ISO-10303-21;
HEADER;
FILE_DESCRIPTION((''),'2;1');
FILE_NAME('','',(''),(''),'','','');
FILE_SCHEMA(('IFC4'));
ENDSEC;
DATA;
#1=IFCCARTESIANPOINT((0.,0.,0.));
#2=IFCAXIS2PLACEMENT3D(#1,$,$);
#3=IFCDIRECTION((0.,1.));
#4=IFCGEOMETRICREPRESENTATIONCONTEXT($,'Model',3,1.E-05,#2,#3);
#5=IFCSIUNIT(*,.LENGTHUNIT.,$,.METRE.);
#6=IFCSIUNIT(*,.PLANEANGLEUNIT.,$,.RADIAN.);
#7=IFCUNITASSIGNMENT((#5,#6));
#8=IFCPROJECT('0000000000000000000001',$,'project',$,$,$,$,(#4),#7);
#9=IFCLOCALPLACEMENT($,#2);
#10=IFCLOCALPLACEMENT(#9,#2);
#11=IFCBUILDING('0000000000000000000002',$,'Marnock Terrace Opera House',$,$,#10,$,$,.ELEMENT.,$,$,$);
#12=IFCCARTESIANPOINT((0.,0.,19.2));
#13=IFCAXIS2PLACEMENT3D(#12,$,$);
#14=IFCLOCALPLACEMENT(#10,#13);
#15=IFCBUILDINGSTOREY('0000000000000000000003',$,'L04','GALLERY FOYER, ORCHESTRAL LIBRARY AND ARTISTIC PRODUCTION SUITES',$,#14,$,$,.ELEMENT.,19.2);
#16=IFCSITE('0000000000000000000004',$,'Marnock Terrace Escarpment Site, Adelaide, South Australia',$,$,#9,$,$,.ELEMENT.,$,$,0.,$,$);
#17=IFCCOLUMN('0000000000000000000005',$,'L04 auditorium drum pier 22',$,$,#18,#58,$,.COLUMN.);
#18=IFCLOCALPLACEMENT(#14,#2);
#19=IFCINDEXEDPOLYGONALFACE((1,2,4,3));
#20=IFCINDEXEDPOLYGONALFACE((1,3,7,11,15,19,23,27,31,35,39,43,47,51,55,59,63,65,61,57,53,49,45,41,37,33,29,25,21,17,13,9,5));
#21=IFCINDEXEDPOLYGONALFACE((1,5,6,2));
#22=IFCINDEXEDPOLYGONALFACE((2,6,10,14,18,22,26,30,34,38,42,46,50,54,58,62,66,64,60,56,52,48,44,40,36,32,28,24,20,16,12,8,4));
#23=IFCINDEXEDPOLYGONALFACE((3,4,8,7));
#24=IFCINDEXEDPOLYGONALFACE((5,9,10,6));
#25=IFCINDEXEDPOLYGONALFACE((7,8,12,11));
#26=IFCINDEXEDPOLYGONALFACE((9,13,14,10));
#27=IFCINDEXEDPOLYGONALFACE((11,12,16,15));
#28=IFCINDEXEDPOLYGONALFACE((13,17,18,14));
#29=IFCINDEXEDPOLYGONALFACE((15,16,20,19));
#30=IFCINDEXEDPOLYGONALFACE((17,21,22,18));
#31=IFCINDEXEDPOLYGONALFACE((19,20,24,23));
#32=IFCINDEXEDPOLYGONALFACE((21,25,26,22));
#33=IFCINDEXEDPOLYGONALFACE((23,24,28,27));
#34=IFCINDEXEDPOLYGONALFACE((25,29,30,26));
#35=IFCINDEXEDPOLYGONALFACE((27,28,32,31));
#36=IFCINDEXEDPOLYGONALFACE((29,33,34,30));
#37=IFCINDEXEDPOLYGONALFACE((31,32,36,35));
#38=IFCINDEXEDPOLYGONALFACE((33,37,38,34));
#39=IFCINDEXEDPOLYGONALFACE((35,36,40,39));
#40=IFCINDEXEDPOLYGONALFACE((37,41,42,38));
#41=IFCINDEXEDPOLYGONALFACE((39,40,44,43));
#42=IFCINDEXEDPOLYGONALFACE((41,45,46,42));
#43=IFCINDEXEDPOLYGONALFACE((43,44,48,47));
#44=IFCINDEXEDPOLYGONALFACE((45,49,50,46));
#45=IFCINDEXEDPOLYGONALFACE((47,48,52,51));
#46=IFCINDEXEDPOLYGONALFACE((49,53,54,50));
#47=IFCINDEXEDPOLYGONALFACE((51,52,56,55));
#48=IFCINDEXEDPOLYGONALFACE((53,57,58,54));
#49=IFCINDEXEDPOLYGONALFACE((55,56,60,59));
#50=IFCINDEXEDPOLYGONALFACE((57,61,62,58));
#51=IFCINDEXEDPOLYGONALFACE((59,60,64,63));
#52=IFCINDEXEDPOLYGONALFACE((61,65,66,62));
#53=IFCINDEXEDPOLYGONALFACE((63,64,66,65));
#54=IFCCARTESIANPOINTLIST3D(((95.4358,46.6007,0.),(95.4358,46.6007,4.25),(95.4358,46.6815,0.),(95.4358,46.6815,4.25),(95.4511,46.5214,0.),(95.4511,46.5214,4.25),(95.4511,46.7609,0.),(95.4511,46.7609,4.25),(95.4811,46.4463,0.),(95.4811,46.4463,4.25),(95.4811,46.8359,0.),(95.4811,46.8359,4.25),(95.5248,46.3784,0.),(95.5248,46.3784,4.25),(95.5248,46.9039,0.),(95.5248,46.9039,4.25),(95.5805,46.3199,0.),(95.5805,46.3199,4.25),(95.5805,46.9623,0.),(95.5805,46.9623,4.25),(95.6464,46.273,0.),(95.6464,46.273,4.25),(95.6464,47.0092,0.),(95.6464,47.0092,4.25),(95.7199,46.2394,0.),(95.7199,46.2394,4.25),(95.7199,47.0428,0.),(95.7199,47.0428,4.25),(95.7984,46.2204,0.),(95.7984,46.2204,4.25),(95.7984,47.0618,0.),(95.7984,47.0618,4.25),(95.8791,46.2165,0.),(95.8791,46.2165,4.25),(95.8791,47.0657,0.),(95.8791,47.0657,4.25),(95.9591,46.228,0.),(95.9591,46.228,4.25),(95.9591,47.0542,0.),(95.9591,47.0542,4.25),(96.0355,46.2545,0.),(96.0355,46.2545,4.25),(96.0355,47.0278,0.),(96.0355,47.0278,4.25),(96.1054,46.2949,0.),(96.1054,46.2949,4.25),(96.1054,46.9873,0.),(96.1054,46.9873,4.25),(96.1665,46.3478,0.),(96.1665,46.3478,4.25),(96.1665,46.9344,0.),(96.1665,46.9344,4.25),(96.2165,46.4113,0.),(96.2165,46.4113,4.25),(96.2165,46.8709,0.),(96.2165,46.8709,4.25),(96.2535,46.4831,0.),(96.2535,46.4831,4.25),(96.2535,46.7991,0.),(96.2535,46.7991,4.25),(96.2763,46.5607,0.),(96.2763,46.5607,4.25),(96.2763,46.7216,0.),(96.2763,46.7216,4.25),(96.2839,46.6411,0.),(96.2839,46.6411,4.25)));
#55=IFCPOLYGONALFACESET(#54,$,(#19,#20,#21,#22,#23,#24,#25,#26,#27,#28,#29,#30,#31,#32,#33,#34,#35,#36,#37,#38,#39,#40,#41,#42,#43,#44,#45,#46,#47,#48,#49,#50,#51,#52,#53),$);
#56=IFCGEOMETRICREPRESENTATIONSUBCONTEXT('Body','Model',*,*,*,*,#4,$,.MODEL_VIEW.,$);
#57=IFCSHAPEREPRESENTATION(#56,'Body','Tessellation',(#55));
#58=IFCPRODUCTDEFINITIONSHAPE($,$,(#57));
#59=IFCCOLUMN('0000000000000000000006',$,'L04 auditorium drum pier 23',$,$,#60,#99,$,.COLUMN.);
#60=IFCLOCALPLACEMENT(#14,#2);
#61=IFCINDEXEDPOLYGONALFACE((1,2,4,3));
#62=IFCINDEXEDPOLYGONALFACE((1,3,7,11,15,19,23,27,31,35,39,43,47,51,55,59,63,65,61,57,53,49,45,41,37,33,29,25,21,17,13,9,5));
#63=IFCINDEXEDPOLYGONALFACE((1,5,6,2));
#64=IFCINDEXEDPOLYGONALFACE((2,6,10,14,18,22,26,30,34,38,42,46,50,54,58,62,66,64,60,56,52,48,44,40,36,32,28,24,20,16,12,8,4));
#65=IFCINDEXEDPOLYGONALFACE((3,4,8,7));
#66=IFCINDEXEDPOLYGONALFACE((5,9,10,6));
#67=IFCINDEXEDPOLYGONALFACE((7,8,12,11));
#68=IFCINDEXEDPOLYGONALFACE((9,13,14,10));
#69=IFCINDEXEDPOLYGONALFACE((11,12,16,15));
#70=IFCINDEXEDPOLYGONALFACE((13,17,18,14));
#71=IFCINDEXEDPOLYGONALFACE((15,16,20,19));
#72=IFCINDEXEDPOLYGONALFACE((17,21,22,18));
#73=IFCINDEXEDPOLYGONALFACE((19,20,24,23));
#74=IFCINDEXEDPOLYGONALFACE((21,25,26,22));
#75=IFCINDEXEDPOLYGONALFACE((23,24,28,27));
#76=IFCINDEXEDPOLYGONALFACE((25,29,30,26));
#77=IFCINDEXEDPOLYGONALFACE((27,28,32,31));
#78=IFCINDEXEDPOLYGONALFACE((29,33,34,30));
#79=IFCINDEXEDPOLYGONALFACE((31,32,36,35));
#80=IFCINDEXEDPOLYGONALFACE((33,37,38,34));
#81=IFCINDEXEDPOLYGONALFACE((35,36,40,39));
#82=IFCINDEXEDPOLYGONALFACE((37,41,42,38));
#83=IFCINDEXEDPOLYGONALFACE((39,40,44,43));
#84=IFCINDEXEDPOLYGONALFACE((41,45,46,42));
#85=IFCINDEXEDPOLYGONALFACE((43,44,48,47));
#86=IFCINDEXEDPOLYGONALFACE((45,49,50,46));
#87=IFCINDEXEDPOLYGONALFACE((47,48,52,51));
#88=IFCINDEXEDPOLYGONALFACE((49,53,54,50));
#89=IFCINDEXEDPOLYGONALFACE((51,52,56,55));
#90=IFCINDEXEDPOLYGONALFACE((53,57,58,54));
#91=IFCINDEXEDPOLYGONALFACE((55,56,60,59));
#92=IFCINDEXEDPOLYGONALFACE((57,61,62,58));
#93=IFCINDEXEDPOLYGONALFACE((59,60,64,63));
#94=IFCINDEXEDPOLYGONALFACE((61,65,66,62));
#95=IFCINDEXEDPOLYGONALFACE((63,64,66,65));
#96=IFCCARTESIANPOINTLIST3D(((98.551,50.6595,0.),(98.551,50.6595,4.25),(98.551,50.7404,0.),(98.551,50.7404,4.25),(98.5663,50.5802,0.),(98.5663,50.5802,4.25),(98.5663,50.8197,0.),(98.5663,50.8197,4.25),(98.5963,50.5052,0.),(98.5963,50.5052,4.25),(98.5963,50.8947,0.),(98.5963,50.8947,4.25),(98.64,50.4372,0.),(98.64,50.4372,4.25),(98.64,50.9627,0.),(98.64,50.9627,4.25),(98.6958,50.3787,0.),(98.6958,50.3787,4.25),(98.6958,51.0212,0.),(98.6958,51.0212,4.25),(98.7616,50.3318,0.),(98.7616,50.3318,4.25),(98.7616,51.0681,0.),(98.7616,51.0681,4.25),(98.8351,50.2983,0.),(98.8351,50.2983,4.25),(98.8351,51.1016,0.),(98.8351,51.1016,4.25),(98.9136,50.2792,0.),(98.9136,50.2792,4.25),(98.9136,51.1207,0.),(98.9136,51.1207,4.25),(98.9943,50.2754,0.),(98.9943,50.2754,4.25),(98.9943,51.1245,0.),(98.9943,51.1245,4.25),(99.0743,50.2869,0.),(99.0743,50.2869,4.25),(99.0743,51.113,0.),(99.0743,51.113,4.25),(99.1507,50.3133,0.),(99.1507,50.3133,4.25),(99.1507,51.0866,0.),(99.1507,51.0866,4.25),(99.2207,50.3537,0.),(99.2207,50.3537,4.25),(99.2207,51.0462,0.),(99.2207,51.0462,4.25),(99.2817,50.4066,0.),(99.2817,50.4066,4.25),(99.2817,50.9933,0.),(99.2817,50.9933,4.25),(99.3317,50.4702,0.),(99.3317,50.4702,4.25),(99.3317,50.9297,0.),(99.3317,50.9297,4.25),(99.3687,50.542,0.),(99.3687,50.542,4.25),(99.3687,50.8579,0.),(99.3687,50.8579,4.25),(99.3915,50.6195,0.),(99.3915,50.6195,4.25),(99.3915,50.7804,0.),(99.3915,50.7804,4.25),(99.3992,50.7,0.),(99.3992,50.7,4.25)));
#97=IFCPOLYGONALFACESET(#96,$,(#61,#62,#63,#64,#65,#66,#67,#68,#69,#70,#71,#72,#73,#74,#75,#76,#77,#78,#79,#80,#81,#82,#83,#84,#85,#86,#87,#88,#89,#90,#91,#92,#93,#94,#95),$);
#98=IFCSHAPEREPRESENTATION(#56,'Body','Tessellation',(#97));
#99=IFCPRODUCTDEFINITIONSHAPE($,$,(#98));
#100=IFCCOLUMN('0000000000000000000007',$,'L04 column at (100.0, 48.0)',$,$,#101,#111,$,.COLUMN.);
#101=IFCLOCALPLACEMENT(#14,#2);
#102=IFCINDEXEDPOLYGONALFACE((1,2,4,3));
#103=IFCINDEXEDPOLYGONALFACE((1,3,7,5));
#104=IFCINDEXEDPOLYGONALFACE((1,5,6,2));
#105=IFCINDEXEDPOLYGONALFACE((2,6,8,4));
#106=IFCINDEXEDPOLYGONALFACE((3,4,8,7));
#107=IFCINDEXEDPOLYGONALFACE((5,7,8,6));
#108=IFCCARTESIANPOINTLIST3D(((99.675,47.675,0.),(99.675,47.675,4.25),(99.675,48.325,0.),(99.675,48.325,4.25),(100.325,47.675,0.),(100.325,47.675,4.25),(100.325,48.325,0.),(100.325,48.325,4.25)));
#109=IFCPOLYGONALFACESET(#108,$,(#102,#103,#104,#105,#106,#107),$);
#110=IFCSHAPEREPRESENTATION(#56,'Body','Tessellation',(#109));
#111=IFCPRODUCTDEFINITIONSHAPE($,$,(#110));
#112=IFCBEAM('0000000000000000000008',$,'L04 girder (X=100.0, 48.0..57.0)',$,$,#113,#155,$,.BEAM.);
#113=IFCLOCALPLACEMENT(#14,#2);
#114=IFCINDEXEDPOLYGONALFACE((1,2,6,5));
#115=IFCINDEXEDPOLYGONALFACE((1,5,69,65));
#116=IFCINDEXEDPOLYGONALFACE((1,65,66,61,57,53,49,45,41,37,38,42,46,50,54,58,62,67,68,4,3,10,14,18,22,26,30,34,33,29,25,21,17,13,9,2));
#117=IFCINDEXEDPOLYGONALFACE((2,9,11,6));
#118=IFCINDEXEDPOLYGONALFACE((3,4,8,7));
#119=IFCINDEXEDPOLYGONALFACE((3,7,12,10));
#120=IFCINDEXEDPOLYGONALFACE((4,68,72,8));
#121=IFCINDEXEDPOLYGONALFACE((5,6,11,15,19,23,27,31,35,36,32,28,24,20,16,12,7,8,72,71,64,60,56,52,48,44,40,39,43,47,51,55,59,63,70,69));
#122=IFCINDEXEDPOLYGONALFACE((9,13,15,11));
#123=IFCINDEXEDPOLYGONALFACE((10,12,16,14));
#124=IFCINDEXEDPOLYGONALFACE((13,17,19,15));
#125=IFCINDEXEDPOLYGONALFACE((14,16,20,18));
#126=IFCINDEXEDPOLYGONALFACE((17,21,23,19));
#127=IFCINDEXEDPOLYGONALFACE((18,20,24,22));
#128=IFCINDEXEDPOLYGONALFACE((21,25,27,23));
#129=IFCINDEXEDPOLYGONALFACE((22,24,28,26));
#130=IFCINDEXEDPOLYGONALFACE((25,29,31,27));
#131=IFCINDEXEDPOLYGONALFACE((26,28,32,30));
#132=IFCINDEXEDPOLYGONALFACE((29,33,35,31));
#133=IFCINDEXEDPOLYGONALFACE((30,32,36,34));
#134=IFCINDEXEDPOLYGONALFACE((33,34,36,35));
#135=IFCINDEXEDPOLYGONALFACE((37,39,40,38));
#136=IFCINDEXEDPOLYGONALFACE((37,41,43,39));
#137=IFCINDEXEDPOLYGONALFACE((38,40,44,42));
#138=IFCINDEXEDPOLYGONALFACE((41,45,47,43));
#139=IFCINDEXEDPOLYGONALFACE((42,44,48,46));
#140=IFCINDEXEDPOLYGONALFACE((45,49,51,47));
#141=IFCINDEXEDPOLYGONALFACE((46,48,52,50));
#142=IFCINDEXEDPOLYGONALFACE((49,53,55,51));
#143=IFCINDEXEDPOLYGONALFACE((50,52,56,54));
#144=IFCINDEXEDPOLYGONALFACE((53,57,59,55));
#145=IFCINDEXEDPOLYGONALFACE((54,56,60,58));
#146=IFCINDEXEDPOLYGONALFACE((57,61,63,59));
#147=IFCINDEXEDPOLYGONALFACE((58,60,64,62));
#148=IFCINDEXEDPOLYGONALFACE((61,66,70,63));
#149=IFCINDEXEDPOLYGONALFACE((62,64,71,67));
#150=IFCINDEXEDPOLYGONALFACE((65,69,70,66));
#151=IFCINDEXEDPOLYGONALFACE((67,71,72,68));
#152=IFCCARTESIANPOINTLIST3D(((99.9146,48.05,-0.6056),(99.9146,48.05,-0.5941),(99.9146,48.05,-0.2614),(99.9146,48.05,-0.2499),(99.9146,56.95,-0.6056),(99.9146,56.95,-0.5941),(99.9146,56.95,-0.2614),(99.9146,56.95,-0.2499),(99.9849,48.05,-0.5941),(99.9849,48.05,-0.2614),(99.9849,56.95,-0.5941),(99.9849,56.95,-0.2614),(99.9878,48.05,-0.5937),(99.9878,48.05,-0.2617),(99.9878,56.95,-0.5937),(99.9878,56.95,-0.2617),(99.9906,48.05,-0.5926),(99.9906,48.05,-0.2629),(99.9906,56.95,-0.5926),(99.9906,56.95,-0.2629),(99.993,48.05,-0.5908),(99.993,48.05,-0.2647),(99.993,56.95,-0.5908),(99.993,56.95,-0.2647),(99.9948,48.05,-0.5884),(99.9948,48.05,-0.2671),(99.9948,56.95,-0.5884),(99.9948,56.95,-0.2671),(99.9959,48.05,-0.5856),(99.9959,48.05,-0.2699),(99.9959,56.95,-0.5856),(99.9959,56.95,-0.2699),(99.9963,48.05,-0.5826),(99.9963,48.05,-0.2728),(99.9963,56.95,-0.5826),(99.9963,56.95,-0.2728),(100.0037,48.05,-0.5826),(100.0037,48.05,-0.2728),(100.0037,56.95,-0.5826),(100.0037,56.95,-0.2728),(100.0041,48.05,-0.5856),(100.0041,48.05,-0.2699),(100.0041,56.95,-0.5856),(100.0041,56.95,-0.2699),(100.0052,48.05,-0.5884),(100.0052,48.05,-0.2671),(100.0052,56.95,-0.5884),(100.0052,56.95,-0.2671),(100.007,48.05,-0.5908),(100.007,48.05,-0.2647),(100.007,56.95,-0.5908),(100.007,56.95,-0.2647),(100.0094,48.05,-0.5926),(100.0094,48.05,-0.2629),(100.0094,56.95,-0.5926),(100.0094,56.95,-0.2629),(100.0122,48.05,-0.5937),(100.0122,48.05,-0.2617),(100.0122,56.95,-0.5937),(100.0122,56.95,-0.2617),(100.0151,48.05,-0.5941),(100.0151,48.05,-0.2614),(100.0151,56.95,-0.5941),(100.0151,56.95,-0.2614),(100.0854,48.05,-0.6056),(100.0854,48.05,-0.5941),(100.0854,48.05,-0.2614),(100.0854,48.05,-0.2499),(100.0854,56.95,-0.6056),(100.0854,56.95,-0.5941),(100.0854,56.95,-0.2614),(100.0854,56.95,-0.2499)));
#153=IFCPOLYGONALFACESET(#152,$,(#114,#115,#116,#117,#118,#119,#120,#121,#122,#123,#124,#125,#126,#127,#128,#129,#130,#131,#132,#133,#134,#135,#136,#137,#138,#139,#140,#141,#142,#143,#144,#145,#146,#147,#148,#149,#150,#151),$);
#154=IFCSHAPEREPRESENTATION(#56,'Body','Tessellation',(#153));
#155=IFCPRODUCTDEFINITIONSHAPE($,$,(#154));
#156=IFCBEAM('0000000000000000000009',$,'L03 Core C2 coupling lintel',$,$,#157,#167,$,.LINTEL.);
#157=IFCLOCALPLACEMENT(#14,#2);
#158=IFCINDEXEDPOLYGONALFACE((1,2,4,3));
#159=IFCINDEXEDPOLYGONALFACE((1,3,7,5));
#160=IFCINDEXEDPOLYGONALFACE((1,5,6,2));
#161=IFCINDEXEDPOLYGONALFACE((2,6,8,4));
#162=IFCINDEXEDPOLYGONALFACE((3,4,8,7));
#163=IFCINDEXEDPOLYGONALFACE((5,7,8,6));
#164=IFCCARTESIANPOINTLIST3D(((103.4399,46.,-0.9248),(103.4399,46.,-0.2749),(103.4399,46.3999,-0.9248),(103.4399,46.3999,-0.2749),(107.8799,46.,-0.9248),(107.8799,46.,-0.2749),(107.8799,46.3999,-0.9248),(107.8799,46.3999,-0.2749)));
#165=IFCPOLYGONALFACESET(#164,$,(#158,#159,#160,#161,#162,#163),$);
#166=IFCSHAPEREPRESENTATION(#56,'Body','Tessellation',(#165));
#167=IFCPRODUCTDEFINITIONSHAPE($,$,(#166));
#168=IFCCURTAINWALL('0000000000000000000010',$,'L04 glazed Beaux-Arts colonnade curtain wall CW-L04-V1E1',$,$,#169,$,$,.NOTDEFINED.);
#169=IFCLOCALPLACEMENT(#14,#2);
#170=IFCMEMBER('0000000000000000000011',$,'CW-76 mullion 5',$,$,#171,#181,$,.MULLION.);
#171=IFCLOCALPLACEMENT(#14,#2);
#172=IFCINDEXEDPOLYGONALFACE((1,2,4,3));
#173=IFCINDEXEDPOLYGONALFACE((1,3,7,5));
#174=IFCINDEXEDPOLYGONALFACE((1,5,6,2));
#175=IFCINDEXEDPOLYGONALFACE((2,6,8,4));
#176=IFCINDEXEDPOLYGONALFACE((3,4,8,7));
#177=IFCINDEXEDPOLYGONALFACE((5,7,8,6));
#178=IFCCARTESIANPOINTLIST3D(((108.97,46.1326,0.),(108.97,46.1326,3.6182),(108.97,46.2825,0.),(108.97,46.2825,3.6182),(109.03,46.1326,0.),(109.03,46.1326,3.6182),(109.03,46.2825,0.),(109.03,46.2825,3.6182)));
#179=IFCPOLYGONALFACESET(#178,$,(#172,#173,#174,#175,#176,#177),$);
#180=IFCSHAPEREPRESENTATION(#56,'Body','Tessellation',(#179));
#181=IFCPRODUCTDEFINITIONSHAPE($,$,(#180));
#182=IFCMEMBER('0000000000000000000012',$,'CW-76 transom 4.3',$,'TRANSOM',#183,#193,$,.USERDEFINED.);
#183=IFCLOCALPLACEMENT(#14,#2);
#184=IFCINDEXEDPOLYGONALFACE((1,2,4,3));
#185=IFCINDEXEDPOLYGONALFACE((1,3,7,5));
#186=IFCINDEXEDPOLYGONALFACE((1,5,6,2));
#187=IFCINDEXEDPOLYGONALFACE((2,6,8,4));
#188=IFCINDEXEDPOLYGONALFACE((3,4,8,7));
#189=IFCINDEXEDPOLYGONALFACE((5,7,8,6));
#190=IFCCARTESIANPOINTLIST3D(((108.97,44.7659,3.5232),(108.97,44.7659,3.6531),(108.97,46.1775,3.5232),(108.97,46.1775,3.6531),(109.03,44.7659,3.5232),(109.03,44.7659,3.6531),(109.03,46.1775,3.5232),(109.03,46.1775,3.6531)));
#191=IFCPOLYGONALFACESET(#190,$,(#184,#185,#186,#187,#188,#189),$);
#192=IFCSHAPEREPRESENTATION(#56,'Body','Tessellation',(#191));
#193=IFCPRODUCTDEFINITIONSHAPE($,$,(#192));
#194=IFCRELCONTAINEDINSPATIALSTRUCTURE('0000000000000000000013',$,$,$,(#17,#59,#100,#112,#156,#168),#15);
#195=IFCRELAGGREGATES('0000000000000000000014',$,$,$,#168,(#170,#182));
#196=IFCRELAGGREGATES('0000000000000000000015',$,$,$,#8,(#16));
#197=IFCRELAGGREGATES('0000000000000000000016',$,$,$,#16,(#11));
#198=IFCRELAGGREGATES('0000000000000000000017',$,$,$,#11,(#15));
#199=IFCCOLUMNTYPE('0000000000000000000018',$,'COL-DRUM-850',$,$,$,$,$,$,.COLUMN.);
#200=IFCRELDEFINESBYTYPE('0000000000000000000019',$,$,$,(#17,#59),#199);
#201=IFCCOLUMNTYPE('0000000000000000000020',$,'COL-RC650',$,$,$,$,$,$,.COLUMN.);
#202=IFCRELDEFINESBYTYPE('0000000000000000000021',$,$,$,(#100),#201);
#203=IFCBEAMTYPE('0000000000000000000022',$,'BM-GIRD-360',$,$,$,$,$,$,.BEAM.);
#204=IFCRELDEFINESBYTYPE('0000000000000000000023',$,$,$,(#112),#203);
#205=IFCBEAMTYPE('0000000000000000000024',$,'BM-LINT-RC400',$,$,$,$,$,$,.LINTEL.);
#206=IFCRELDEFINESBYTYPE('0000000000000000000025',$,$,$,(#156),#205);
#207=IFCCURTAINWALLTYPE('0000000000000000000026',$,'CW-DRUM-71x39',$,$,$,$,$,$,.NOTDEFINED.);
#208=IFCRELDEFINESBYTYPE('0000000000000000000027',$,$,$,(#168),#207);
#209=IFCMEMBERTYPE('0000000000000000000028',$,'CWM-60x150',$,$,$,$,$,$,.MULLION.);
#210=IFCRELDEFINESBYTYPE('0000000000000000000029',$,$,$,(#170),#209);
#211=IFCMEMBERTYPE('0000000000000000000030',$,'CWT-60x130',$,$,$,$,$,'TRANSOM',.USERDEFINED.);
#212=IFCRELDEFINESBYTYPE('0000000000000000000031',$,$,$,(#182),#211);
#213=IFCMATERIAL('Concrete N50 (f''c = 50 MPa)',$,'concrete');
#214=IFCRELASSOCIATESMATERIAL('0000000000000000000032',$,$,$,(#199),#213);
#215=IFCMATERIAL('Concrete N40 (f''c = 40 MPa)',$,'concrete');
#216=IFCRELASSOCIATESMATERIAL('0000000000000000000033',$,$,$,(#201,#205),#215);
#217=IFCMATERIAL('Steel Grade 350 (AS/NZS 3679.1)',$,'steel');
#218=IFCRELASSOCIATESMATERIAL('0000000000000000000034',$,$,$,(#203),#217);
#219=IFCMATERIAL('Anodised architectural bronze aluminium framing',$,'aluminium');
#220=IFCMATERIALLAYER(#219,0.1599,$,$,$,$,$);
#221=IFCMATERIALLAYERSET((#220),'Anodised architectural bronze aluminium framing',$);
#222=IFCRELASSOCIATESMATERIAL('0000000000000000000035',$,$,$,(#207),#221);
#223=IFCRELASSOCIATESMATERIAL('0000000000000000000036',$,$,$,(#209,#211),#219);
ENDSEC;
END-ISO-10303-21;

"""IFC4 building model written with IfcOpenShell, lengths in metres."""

from ifc_helpers import new_model, si_unit, direction, frame, origin, origin_2d, place, context, subcontext, project, spatial, rectangle, circle, i_section, extrude, material, layer, layer_set, material_profile, profile_set, type_object, element, aggregate, save


model = new_model("IFC4")

# Units and contexts
model_context = context("Model", 3, precision=1e-05, world=origin(), true_north=direction((0.0, 1.0)))
body_context = subcontext(model_context, "Body", "Model", "MODEL_VIEW")
ifc_project = project(units=[si_unit("LENGTHUNIT", "METRE"), si_unit("PLANEANGLEUNIT", "RADIAN")], contexts=[model_context])

# Site, building, storey
site_placement = place(None, origin())
site = spatial("IfcSite", under=ifc_project, at=site_placement, Name="Marnock Terrace Escarpment Site, Adelaide, South Australia", CompositionType="ELEMENT", RefElevation=0.0)
building_placement = place(site_placement, origin())
building = spatial("IfcBuilding", under=site, at=building_placement, Name="Marnock Terrace Opera House", CompositionType="ELEMENT")
storey_placement = place(building_placement, frame((0.0, 0.0, 19.2)))
storey = spatial("IfcBuildingStorey", under=building, at=storey_placement, Name="L04", Description="GALLERY FOYER, ORCHESTRAL LIBRARY AND ARTISTIC PRODUCTION SUITES", CompositionType="ELEMENT", Elevation=19.2)

# Columns
ifc_material_1 = material(Name="Concrete N50 (f'c = 50 MPa)", Category="concrete")
ifc_material_profile_1 = material_profile(ifc_material_1, circle(Radius=0.425, at=origin_2d()))
ifc_profile_set_1 = profile_set([ifc_material_profile_1], Name="Concrete N50 (f'c = 50 MPa)")
column_type_1 = type_object("IfcColumnType", Name="COL-DRUM-850", PredefinedType="COLUMN", material=ifc_profile_set_1)
for number, where, z_axis, x_axis, name in (
    (1, (95.8589, 46.6411, 0.0), (0.0, 0.0, 1.0), (1.0, 0.0, 0.0), "L04 auditorium drum pier 22"),
    (2, (98.9741, 50.7, 0.0), (0.0, 0.0, 1.0), (1.0, 0.0, 0.0), "L04 auditorium drum pier 23"),
):
    element("IfcColumn", number, at=place(storey_placement, frame(where, z_axis=z_axis, x_axis=x_axis)), inside=storey, type_object=column_type_1, Name=name, PredefinedType="COLUMN", context=body_context, shape_type="SweptSolid", body=[
        extrude(circle(Radius=0.425, at=origin_2d()), origin(), (0.0, 0.0, 1.0), 4.25),
    ])
ifc_material_2 = material(Name="Concrete N40 (f'c = 40 MPa)", Category="concrete")
ifc_material_profile_2 = material_profile(ifc_material_2, rectangle(XDim=0.6499, YDim=0.6499, at=origin_2d()))
ifc_profile_set_2 = profile_set([ifc_material_profile_2], Name="Concrete N40 (f'c = 40 MPa)")
column_type_2 = type_object("IfcColumnType", Name="COL-RC650", PredefinedType="COLUMN", material=ifc_profile_set_2)
column_placement = place(storey_placement, frame((100.0, 48.0, 0.0), z_axis=(0.0, 0.0, 1.0), x_axis=(1.0, 0.0, 0.0)))
element("IfcColumn", 3, at=column_placement, inside=storey, type_object=column_type_2, Name="L04 column at (100.0, 48.0)", PredefinedType="COLUMN", context=body_context, shape_type="SweptSolid", body=[
    extrude(rectangle(XDim=0.6499, YDim=0.6499, at=origin_2d()), origin(), (0.0, 0.0, 1.0), 4.25),
])

# Beams
ifc_material_3 = material(Name="Steel Grade 350 (AS/NZS 3679.1)", Category="steel")
ifc_material_profile_3 = material_profile(ifc_material_3, i_section(OverallWidth=0.1709, OverallDepth=0.3557, WebThickness=0.0073, FlangeThickness=0.0115, FilletRadius=0.0115, at=origin_2d()))
ifc_profile_set_3 = profile_set([ifc_material_profile_3], Name="Steel Grade 350 (AS/NZS 3679.1)")
beam_type_1 = type_object("IfcBeamType", Name="BM-GIRD-360", PredefinedType="BEAM", material=ifc_profile_set_3)
beam_1_placement = place(storey_placement, frame((100.0, 48.05, -0.4277), z_axis=(0.0, 1.0, 0.0), x_axis=(-1.0, 0.0, 0.0)))
element("IfcBeam", 4, at=beam_1_placement, inside=storey, type_object=beam_type_1, Name="L04 girder (X=100.0, 48.0..57.0)", PredefinedType="BEAM", context=body_context, shape_type="SweptSolid", body=[
    extrude(i_section(OverallWidth=0.1709, OverallDepth=0.3557, WebThickness=0.0073, FlangeThickness=0.0115, FilletRadius=0.0115, at=origin_2d()), origin(), (0.0, 0.0, 1.0), 8.8999),
])
ifc_material_profile_4 = material_profile(ifc_material_2, rectangle(XDim=0.3999, YDim=0.6499, at=origin_2d()))
ifc_profile_set_4 = profile_set([ifc_material_profile_4], Name="Concrete N40 (f'c = 40 MPa)")
beam_type_2 = type_object("IfcBeamType", Name="BM-LINT-RC400", PredefinedType="LINTEL", material=ifc_profile_set_4)
beam_2_placement = place(storey_placement, frame((103.4399, 46.2, -0.5999), z_axis=(1.0, 0.0, 0.0), x_axis=(0.0, 1.0, 0.0)))
element("IfcBeam", 5, at=beam_2_placement, inside=storey, type_object=beam_type_2, Name="L03 Core C2 coupling lintel", PredefinedType="LINTEL", context=body_context, shape_type="SweptSolid", body=[
    extrude(rectangle(XDim=0.3999, YDim=0.6499, at=origin_2d()), origin(), (0.0, 0.0, 1.0), 4.4399),
])

# Curtain wall, members
ifc_material_4 = material(Name="Anodised architectural bronze aluminium framing", Category="aluminium")
ifc_layer_1 = layer(ifc_material_4, 0.1599)
ifc_layer_set_1 = layer_set([ifc_layer_1], Name="Anodised architectural bronze aluminium framing")
curtain_wall_type = type_object("IfcCurtainWallType", Name="CW-DRUM-71x39", PredefinedType="NOTDEFINED", material=ifc_layer_set_1)
curtain_wall_placement = place(storey_placement, origin())
curtain_wall = element("IfcCurtainWall", 6, at=curtain_wall_placement, inside=storey, type_object=curtain_wall_type, Name="L04 glazed Beaux-Arts colonnade curtain wall CW-L04-V1E1", PredefinedType="NOTDEFINED")
ifc_material_profile_5 = material_profile(ifc_material_4, rectangle(XDim=0.0601, YDim=0.1499, at=origin_2d()))
ifc_profile_set_5 = profile_set([ifc_material_profile_5], Name="Anodised architectural bronze aluminium framing")
member_type_1 = type_object("IfcMemberType", Name="CWM-60x150", PredefinedType="MULLION", material=ifc_profile_set_5)
member_1_placement = place(storey_placement, frame((109.0, 46.2075, 0.0), z_axis=(0.0, 0.0, 1.0), x_axis=(-1.0, 0.0, 0.0)))
member_1 = element("IfcMember", 7, at=member_1_placement, type_object=member_type_1, Name="CW-76 mullion 5", PredefinedType="MULLION", context=body_context, shape_type="SweptSolid", body=[
    extrude(rectangle(XDim=0.0601, YDim=0.1499, at=origin_2d()), origin(), (0.0, 0.0, 1.0), 3.6182),
])
ifc_material_profile_6 = material_profile(ifc_material_4, rectangle(XDim=0.0601, YDim=0.1299, at=origin_2d()))
ifc_profile_set_6 = profile_set([ifc_material_profile_6], Name="Anodised architectural bronze aluminium framing")
member_type_2 = type_object("IfcMemberType", Name="CWT-60x130", ElementType="TRANSOM", PredefinedType="USERDEFINED", material=ifc_profile_set_6)
member_2_placement = place(storey_placement, frame((109.0, 44.7659, 3.5881), z_axis=(0.0, 1.0, 0.0), x_axis=(-1.0, 0.0, 0.0)))
member_2 = element("IfcMember", 8, at=member_2_placement, type_object=member_type_2, Name="CW-76 transom 4.3", ObjectType="TRANSOM", PredefinedType="USERDEFINED", context=body_context, shape_type="SweptSolid", body=[
    extrude(rectangle(XDim=0.0601, YDim=0.1299, at=origin_2d()), origin(), (0.0, 0.0, 1.0), 1.4116),
])
aggregate(curtain_wall, [member_1, member_2])

save(model, "model.ifc")
